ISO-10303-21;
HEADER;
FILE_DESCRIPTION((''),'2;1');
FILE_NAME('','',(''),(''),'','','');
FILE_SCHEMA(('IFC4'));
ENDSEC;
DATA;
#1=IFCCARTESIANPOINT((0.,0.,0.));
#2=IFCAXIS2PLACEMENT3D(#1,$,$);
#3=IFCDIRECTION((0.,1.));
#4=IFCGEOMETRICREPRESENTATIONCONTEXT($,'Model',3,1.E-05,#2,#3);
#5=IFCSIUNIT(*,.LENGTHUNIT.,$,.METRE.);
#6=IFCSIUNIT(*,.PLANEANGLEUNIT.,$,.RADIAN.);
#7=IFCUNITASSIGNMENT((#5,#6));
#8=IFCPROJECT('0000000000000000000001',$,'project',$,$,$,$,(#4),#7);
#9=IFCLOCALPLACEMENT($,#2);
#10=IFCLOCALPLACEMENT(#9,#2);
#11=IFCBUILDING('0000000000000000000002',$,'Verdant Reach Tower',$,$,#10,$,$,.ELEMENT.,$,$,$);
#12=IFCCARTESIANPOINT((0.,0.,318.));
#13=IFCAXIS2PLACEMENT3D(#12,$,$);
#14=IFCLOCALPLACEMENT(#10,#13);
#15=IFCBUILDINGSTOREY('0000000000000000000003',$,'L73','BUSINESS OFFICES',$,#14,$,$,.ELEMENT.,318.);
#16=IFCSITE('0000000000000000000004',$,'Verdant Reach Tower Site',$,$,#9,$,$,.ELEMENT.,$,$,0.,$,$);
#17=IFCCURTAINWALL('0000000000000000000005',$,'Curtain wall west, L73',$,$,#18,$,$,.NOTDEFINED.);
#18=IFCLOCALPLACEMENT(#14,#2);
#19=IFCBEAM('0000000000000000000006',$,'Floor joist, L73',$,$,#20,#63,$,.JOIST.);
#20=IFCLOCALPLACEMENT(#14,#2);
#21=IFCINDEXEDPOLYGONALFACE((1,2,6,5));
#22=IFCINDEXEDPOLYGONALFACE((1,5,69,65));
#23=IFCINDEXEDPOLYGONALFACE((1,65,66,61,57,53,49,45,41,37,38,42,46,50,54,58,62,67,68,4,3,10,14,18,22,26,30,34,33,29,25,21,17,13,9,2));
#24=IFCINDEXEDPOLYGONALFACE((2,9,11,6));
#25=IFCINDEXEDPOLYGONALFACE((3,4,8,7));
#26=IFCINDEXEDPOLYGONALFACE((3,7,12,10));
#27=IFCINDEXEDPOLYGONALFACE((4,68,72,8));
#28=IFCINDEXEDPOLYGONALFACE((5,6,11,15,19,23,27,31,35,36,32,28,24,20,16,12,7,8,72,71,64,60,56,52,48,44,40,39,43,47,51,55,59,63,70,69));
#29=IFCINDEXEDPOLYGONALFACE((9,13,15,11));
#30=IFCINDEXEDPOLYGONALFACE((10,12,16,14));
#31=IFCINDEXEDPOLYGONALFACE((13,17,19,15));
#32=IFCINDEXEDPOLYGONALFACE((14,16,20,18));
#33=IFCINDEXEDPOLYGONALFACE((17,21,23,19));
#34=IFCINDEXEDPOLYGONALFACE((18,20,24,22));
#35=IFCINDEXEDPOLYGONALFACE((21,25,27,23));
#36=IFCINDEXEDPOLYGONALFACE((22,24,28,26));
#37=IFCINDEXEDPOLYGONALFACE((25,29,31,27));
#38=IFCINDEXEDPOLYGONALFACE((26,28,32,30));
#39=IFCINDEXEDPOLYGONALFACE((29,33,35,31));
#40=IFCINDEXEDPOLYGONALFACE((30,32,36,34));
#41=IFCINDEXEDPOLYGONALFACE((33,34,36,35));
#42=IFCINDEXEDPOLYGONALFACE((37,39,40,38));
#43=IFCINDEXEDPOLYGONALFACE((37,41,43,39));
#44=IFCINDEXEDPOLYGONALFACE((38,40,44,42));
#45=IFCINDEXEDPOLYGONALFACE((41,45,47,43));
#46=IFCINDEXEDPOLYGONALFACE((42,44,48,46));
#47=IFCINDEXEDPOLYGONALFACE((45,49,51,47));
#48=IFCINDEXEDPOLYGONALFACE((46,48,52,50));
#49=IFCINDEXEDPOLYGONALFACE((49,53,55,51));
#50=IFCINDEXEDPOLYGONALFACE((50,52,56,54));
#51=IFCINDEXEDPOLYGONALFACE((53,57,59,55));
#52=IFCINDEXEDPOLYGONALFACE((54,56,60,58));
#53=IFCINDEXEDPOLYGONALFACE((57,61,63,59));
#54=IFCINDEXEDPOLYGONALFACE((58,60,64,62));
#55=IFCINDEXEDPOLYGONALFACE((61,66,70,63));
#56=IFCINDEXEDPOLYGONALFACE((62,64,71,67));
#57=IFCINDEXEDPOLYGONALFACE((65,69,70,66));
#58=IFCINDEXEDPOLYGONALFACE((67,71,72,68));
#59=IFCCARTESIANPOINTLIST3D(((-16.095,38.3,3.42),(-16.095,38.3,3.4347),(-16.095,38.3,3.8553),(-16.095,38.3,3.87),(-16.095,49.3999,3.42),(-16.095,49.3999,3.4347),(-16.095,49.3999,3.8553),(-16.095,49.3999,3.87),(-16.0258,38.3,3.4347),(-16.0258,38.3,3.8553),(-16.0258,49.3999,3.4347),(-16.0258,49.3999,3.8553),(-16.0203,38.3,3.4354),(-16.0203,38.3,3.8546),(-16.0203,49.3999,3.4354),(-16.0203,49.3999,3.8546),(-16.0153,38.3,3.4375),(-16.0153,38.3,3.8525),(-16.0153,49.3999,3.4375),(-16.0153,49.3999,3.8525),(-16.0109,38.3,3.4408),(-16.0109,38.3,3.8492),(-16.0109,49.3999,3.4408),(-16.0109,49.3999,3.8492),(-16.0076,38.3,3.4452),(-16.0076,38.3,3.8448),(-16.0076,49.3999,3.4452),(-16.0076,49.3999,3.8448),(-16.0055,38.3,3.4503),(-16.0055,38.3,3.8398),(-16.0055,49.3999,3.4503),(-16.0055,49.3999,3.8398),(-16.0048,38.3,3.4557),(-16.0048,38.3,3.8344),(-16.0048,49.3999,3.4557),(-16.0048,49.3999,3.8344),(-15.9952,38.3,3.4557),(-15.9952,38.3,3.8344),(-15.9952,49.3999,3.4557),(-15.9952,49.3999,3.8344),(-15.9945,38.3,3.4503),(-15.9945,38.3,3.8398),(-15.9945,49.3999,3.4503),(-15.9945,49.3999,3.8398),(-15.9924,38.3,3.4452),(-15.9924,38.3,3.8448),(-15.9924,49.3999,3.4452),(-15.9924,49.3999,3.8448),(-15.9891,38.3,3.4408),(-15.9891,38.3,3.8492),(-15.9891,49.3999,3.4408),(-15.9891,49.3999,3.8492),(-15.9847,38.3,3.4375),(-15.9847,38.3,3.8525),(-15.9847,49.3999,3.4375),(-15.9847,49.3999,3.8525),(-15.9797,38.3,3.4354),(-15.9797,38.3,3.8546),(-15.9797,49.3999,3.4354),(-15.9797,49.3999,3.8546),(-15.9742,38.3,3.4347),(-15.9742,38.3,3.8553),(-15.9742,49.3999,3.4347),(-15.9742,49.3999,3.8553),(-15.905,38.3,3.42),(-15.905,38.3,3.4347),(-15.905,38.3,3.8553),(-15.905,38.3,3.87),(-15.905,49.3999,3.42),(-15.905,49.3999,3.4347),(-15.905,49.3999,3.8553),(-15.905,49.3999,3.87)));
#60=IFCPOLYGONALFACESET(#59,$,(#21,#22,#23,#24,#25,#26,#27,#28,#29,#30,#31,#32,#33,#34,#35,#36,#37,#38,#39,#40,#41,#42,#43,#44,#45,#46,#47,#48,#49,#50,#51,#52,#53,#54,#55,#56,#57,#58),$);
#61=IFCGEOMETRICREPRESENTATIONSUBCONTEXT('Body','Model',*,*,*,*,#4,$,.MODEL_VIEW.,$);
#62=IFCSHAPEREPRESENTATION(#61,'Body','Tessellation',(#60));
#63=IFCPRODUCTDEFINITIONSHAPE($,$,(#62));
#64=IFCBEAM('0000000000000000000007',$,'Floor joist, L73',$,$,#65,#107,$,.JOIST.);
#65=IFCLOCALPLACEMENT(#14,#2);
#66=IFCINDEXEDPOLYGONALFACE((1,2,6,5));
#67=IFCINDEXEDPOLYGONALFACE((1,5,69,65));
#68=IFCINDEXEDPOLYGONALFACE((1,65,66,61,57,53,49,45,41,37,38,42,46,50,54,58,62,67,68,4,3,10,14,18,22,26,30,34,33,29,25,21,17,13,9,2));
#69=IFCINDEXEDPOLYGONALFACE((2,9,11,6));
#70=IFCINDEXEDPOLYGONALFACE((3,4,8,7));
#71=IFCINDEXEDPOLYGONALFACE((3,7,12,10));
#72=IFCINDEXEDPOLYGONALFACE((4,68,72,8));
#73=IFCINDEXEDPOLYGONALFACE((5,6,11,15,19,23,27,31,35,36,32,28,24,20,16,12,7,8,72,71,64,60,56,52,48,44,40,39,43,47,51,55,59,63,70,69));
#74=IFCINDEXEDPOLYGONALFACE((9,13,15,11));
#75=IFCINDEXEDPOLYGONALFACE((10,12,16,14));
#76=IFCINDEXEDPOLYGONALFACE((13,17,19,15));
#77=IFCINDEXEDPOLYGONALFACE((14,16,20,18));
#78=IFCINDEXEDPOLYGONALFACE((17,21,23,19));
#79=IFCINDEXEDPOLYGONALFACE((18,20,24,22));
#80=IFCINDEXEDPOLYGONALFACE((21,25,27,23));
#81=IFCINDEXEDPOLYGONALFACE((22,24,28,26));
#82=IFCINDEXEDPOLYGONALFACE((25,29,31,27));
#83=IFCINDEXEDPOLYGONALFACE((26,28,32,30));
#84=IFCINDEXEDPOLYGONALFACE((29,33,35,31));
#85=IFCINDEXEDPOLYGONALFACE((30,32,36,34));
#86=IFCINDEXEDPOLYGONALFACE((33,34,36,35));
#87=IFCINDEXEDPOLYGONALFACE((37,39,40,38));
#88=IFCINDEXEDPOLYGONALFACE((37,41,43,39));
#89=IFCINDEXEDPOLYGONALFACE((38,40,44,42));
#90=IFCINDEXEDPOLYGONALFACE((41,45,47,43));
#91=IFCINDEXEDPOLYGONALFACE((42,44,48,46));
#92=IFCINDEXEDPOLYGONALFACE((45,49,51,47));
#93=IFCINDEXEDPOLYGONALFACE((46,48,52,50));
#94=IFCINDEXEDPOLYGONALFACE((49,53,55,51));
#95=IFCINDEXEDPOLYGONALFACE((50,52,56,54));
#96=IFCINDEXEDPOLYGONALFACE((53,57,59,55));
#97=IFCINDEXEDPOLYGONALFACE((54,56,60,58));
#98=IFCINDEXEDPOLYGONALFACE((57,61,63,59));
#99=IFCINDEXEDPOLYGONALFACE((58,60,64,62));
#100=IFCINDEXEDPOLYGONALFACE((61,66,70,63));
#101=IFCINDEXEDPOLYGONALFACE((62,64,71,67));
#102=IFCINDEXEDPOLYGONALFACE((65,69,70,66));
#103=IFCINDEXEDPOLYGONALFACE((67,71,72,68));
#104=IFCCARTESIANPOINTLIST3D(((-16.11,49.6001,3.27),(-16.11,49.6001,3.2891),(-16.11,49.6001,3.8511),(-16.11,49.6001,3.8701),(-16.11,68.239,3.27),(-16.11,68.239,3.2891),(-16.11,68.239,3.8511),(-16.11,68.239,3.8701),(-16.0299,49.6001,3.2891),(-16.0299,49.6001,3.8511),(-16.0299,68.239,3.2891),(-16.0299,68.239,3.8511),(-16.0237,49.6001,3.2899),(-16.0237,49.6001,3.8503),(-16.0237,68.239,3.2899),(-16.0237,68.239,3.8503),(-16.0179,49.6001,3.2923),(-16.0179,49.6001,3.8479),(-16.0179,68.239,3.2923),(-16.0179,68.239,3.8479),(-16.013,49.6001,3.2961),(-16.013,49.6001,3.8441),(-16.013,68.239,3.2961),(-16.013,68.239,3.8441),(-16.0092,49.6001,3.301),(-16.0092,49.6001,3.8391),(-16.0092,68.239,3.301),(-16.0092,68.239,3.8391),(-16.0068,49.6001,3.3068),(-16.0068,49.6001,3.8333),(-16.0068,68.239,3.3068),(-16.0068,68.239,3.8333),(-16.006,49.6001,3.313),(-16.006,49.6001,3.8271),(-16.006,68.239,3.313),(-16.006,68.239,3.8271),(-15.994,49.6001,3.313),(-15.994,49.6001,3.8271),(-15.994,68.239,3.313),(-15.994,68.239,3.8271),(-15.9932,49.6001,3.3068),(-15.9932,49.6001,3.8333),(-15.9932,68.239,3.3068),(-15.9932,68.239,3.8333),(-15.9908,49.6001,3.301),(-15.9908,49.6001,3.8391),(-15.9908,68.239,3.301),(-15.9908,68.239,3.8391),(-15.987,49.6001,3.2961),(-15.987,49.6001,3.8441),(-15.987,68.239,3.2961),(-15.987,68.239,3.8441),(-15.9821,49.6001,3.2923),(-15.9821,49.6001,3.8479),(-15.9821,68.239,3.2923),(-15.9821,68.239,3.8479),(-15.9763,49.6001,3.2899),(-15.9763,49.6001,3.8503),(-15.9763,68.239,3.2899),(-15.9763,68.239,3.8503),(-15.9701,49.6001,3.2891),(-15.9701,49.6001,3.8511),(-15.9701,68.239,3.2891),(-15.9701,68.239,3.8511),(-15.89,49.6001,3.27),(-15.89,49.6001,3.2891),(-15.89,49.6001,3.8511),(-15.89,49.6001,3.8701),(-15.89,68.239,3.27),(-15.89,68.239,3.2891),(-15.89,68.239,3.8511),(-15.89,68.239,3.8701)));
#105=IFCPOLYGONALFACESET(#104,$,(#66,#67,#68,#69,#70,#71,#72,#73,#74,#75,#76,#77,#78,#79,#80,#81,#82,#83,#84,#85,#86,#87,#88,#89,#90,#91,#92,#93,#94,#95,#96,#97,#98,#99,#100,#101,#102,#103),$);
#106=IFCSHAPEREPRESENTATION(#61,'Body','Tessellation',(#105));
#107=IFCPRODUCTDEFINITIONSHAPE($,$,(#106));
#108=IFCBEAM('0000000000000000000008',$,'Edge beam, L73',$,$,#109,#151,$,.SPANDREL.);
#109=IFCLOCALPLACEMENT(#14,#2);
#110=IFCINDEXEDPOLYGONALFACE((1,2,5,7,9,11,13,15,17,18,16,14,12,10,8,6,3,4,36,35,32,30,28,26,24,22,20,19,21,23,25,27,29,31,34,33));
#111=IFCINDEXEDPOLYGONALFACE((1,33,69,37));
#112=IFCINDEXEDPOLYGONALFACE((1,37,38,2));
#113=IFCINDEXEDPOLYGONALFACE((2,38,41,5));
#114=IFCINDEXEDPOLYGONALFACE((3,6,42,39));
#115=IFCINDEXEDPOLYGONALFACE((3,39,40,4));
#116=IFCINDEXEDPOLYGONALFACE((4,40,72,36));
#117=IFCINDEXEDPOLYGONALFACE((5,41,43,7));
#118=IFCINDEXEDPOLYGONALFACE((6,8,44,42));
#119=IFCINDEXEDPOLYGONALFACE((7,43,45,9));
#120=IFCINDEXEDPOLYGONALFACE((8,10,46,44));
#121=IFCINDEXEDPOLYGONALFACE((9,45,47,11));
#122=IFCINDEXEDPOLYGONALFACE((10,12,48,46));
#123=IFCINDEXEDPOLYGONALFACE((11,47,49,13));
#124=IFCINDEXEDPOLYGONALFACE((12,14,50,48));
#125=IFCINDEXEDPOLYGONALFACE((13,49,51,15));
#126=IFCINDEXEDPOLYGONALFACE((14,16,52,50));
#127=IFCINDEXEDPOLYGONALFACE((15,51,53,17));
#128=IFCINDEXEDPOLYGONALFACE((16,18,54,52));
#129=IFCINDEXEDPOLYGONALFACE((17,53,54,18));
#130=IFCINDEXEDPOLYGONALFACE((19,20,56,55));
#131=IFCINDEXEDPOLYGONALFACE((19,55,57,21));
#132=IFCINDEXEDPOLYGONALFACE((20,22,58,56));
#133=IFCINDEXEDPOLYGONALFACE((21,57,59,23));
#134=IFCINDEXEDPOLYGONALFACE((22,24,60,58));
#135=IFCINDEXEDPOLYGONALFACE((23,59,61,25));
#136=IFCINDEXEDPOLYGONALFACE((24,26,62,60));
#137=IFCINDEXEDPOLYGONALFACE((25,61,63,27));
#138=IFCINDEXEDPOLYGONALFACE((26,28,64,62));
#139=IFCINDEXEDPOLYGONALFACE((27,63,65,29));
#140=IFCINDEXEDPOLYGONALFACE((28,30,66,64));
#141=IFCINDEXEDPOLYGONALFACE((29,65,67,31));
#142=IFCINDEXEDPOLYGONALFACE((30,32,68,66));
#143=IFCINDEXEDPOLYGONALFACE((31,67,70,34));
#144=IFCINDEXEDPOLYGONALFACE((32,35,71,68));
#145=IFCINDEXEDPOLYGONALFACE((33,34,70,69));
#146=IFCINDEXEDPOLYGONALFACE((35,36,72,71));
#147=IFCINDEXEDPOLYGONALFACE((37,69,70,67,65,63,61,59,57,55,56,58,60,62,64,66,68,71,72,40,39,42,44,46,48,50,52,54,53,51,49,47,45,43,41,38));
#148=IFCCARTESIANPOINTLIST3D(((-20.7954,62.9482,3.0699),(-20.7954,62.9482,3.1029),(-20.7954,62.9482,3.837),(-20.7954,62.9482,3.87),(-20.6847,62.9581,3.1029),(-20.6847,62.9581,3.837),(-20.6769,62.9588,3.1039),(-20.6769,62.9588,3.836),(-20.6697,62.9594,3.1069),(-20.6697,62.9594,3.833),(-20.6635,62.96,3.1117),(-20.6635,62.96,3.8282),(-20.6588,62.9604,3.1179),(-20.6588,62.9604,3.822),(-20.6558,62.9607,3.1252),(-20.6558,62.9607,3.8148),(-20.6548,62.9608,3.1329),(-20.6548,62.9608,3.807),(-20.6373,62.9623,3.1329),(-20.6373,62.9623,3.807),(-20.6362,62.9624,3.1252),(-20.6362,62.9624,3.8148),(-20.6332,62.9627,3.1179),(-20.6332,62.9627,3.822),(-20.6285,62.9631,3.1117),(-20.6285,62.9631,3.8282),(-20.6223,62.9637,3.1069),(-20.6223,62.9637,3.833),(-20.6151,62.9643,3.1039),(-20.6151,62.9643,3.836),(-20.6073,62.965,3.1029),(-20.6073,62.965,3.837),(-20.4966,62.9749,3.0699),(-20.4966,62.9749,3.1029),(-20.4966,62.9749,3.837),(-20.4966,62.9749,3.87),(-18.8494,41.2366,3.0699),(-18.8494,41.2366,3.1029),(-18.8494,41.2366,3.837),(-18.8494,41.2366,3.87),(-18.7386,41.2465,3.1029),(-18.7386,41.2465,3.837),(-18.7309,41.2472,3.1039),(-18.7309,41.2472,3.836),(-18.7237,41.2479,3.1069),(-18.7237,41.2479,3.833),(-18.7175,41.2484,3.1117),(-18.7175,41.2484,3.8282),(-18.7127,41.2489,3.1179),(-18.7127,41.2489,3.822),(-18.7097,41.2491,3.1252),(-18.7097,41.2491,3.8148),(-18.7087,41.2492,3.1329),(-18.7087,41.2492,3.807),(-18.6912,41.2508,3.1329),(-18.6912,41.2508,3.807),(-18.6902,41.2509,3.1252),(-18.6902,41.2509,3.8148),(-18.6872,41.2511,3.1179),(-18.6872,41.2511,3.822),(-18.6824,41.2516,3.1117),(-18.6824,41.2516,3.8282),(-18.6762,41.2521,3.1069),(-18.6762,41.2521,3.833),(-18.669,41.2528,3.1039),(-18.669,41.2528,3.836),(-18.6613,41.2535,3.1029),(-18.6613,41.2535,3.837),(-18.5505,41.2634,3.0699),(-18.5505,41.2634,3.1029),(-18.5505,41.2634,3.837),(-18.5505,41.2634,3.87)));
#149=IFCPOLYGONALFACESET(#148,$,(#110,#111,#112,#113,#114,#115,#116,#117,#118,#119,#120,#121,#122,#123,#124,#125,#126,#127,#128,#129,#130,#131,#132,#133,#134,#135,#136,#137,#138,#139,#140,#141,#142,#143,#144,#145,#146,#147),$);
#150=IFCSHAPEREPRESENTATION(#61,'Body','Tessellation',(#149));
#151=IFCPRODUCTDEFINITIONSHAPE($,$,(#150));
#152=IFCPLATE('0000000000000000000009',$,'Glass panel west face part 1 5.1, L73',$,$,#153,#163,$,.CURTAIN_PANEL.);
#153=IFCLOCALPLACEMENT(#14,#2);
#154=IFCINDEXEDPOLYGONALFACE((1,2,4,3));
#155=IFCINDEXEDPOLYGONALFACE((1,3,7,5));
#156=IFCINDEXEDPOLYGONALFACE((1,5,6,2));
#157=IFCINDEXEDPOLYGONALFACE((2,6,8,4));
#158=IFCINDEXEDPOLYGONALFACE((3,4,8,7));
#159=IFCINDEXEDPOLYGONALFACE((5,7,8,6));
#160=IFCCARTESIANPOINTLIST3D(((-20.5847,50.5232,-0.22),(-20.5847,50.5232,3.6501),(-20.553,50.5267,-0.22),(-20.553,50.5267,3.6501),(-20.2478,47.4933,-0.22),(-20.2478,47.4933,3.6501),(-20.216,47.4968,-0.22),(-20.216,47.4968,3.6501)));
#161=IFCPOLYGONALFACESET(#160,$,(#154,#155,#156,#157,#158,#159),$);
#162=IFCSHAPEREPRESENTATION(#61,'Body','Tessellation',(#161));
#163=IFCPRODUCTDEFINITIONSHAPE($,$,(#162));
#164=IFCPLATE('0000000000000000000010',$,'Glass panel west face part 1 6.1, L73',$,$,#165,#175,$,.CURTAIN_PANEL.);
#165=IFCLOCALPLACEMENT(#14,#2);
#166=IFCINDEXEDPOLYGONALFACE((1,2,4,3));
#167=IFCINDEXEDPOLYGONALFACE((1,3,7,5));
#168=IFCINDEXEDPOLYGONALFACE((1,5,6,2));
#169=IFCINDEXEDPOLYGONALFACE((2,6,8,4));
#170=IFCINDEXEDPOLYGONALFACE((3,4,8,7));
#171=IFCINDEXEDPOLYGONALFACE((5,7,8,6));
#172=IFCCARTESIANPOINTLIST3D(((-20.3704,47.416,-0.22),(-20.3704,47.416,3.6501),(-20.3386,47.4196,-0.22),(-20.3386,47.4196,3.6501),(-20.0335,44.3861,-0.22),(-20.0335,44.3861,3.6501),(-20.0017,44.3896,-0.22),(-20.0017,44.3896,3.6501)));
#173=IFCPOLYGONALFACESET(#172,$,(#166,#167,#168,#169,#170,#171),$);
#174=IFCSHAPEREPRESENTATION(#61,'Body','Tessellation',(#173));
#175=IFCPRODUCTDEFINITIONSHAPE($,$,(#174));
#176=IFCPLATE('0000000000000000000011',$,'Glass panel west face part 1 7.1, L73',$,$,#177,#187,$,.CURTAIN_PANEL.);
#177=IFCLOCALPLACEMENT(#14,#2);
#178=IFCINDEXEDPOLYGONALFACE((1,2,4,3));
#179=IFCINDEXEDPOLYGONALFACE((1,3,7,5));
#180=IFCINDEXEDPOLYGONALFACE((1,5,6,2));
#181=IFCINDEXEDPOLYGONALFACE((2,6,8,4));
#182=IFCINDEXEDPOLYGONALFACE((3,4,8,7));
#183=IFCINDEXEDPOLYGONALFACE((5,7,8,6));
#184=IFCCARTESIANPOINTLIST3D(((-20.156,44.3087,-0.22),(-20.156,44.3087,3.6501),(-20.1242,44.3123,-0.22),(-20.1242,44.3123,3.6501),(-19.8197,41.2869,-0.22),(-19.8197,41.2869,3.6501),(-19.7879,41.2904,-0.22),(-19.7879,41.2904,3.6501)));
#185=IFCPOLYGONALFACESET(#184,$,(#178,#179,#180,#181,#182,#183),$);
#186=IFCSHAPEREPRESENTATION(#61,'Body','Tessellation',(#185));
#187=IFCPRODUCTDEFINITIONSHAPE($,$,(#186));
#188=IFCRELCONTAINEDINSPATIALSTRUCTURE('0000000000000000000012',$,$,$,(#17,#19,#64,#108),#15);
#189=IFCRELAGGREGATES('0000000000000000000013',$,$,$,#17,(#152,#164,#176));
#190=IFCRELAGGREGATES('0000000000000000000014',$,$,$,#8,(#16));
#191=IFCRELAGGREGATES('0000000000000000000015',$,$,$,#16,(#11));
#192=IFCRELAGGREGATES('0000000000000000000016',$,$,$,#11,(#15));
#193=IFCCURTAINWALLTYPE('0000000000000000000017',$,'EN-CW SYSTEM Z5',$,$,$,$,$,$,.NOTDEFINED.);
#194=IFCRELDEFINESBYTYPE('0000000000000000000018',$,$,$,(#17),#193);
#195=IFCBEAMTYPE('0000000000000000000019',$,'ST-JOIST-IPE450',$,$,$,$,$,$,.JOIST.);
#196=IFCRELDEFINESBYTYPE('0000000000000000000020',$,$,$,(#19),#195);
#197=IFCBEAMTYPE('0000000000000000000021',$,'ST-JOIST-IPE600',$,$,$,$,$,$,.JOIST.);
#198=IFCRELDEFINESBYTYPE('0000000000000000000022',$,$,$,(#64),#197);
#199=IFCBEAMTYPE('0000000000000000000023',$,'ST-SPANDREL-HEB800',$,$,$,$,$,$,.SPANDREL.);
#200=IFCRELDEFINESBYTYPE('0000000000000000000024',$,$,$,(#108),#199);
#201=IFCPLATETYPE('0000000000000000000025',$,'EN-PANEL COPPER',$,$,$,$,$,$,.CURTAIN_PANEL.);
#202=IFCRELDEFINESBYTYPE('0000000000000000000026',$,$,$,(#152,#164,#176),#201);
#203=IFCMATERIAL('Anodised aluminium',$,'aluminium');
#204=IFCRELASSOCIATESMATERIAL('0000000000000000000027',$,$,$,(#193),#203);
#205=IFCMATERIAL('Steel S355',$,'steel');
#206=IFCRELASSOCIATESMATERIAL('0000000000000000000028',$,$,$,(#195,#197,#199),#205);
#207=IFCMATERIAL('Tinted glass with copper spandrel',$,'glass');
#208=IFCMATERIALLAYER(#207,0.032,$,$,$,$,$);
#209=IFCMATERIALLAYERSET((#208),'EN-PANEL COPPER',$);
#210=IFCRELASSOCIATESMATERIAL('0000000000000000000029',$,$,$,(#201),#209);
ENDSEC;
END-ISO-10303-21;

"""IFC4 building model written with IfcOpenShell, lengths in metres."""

from ifc_helpers import new_model, si_unit, direction, frame, origin, origin_2d, place, context, subcontext, project, spatial, rectangle, i_section, extrude, material, layer, layer_set, material_profile, profile_set, type_object, element, aggregate, save


model = new_model("IFC4")

# Units and contexts
model_context = context("Model", 3, precision=1e-05, world=origin(), true_north=direction((0.0, 1.0)))
body_context = subcontext(model_context, "Body", "Model", "MODEL_VIEW")
ifc_project = project(units=[si_unit("LENGTHUNIT", "METRE"), si_unit("PLANEANGLEUNIT", "RADIAN")], contexts=[model_context])

# Site, building, storey
site_placement = place(None, origin())
site = spatial("IfcSite", under=ifc_project, at=site_placement, Name="Verdant Reach Tower Site", CompositionType="ELEMENT", RefElevation=0.0)
building_placement = place(site_placement, origin())
building = spatial("IfcBuilding", under=site, at=building_placement, Name="Verdant Reach Tower", CompositionType="ELEMENT")
storey_placement = place(building_placement, frame((0.0, 0.0, 318.0)))
storey = spatial("IfcBuildingStorey", under=building, at=storey_placement, Name="L73", Description="BUSINESS OFFICES", CompositionType="ELEMENT", Elevation=318.0)

# Curtain wall
ifc_material_1 = material(Name="Anodised aluminium", Category="aluminium")
curtain_wall_type = type_object("IfcCurtainWallType", Name="EN-CW SYSTEM Z5", PredefinedType="NOTDEFINED", material=ifc_material_1)
curtain_wall_placement = place(storey_placement, origin())
curtain_wall = element("IfcCurtainWall", 1, at=curtain_wall_placement, inside=storey, type_object=curtain_wall_type, Name="Curtain wall west, L73", PredefinedType="NOTDEFINED")

# Beams
ifc_material_2 = material(Name="Steel S355", Category="steel")
ifc_material_profile_1 = material_profile(ifc_material_2, i_section(OverallWidth=0.1899, OverallDepth=0.45, WebThickness=0.0095, FlangeThickness=0.0146, FilletRadius=0.021, at=origin_2d()), Name="IPE 450")
ifc_profile_set_1 = profile_set([ifc_material_profile_1], Name="Steel S355")
beam_type_1 = type_object("IfcBeamType", Name="ST-JOIST-IPE450", PredefinedType="JOIST", material=ifc_profile_set_1)
beam_1_placement = place(storey_placement, frame((-16.0, 38.3, 3.645), z_axis=(0.0, 1.0, 0.0), x_axis=(-1.0, 0.0, 0.0)))
element("IfcBeam", 2, at=beam_1_placement, inside=storey, type_object=beam_type_1, Name="Floor joist, L73", PredefinedType="JOIST", context=body_context, shape_type="SweptSolid", body=[
    extrude(i_section(OverallWidth=0.1899, OverallDepth=0.45, WebThickness=0.0095, FlangeThickness=0.0146, FilletRadius=0.021, at=origin_2d()), origin(), (0.0, 0.0, 1.0), 11.0999),
])
ifc_material_profile_2 = material_profile(ifc_material_2, i_section(OverallWidth=0.22, OverallDepth=0.6001, WebThickness=0.012, FlangeThickness=0.019, FilletRadius=0.0239, at=origin_2d()), Name="IPE 600")
ifc_profile_set_2 = profile_set([ifc_material_profile_2], Name="Steel S355")
beam_type_2 = type_object("IfcBeamType", Name="ST-JOIST-IPE600", PredefinedType="JOIST", material=ifc_profile_set_2)
beam_2_placement = place(storey_placement, frame((-16.0, 49.6001, 3.5701), z_axis=(0.0, 1.0, 0.0), x_axis=(-1.0, 0.0, 0.0)))
element("IfcBeam", 3, at=beam_2_placement, inside=storey, type_object=beam_type_2, Name="Floor joist, L73", PredefinedType="JOIST", context=body_context, shape_type="SweptSolid", body=[
    extrude(i_section(OverallWidth=0.22, OverallDepth=0.6001, WebThickness=0.012, FlangeThickness=0.019, FilletRadius=0.0239, at=origin_2d()), origin(), (0.0, 0.0, 1.0), 18.6389),
])
ifc_material_profile_3 = material_profile(ifc_material_2, i_section(OverallWidth=0.3, OverallDepth=0.8, WebThickness=0.0176, FlangeThickness=0.033, FilletRadius=0.03, at=origin_2d()), Name="HEB 800")
ifc_profile_set_3 = profile_set([ifc_material_profile_3], Name="Steel S355")
beam_type_3 = type_object("IfcBeamType", Name="ST-SPANDREL-HEB800", PredefinedType="SPANDREL", material=ifc_profile_set_3)
beam_3_placement = place(storey_placement, frame((-18.7, 41.25, 3.47), z_axis=(-0.089274, 0.996007, 0.0), x_axis=(-0.996007, -0.089274, 0.0)))
element("IfcBeam", 4, at=beam_3_placement, inside=storey, type_object=beam_type_3, Name="Edge beam, L73", PredefinedType="SPANDREL", context=body_context, shape_type="SweptSolid", body=[
    extrude(i_section(OverallWidth=0.3, OverallDepth=0.8, WebThickness=0.0176, FlangeThickness=0.033, FilletRadius=0.03, at=origin_2d()), origin(), (0.0, 0.0, 1.0), 21.7986),
])

# Plates
ifc_material_3 = material(Name="Tinted glass with copper spandrel", Category="glass")
ifc_layer_1 = layer(ifc_material_3, 0.032)
ifc_layer_set_1 = layer_set([ifc_layer_1], Name="EN-PANEL COPPER")
plate_type_1 = type_object("IfcPlateType", Name="EN-PANEL COPPER", PredefinedType="CURTAIN_PANEL", material=ifc_layer_set_1)
plate_1_placement = place(storey_placement, frame((-20.4004, 49.01, -0.22), z_axis=(0.0, 0.0, 1.0), x_axis=(0.110518, -0.993874, 0.0)))
plate_1 = element("IfcPlate", 5, at=plate_1_placement, type_object=plate_type_1, Name="Glass panel west face part 1 5.1, L73", PredefinedType="CURTAIN_PANEL", context=body_context, shape_type="SweptSolid", body=[
    extrude(rectangle(XDim=3.0486, YDim=0.032, at=origin_2d()), origin(), (0.0, 0.0, 1.0), 3.8701),
])
plate_2_placement = place(storey_placement, frame((-20.186, 45.9028, -0.22), z_axis=(0.0, 0.0, 1.0), x_axis=(0.110518, -0.993874, 0.0)))
plate_2 = element("IfcPlate", 6, at=plate_2_placement, type_object=plate_type_1, Name="Glass panel west face part 1 6.1, L73", PredefinedType="CURTAIN_PANEL", context=body_context, shape_type="SweptSolid", body=[
    extrude(rectangle(XDim=3.0486, YDim=0.032, at=origin_2d()), origin(), (0.0, 0.0, 1.0), 3.8701),
])
plate_3_placement = place(storey_placement, frame((-19.9719, 42.7996, -0.22), z_axis=(0.0, 0.0, 1.0), x_axis=(0.110605, -0.993864, 0.0)))
plate_3 = element("IfcPlate", 7, at=plate_3_placement, type_object=plate_type_1, Name="Glass panel west face part 1 7.1, L73", PredefinedType="CURTAIN_PANEL", context=body_context, shape_type="SweptSolid", body=[
    extrude(rectangle(XDim=3.0405, YDim=0.032, at=origin_2d()), origin(), (0.0, 0.0, 1.0), 3.8701),
])
aggregate(curtain_wall, [plate_1, plate_2, plate_3])

save(model, "model.ifc")
